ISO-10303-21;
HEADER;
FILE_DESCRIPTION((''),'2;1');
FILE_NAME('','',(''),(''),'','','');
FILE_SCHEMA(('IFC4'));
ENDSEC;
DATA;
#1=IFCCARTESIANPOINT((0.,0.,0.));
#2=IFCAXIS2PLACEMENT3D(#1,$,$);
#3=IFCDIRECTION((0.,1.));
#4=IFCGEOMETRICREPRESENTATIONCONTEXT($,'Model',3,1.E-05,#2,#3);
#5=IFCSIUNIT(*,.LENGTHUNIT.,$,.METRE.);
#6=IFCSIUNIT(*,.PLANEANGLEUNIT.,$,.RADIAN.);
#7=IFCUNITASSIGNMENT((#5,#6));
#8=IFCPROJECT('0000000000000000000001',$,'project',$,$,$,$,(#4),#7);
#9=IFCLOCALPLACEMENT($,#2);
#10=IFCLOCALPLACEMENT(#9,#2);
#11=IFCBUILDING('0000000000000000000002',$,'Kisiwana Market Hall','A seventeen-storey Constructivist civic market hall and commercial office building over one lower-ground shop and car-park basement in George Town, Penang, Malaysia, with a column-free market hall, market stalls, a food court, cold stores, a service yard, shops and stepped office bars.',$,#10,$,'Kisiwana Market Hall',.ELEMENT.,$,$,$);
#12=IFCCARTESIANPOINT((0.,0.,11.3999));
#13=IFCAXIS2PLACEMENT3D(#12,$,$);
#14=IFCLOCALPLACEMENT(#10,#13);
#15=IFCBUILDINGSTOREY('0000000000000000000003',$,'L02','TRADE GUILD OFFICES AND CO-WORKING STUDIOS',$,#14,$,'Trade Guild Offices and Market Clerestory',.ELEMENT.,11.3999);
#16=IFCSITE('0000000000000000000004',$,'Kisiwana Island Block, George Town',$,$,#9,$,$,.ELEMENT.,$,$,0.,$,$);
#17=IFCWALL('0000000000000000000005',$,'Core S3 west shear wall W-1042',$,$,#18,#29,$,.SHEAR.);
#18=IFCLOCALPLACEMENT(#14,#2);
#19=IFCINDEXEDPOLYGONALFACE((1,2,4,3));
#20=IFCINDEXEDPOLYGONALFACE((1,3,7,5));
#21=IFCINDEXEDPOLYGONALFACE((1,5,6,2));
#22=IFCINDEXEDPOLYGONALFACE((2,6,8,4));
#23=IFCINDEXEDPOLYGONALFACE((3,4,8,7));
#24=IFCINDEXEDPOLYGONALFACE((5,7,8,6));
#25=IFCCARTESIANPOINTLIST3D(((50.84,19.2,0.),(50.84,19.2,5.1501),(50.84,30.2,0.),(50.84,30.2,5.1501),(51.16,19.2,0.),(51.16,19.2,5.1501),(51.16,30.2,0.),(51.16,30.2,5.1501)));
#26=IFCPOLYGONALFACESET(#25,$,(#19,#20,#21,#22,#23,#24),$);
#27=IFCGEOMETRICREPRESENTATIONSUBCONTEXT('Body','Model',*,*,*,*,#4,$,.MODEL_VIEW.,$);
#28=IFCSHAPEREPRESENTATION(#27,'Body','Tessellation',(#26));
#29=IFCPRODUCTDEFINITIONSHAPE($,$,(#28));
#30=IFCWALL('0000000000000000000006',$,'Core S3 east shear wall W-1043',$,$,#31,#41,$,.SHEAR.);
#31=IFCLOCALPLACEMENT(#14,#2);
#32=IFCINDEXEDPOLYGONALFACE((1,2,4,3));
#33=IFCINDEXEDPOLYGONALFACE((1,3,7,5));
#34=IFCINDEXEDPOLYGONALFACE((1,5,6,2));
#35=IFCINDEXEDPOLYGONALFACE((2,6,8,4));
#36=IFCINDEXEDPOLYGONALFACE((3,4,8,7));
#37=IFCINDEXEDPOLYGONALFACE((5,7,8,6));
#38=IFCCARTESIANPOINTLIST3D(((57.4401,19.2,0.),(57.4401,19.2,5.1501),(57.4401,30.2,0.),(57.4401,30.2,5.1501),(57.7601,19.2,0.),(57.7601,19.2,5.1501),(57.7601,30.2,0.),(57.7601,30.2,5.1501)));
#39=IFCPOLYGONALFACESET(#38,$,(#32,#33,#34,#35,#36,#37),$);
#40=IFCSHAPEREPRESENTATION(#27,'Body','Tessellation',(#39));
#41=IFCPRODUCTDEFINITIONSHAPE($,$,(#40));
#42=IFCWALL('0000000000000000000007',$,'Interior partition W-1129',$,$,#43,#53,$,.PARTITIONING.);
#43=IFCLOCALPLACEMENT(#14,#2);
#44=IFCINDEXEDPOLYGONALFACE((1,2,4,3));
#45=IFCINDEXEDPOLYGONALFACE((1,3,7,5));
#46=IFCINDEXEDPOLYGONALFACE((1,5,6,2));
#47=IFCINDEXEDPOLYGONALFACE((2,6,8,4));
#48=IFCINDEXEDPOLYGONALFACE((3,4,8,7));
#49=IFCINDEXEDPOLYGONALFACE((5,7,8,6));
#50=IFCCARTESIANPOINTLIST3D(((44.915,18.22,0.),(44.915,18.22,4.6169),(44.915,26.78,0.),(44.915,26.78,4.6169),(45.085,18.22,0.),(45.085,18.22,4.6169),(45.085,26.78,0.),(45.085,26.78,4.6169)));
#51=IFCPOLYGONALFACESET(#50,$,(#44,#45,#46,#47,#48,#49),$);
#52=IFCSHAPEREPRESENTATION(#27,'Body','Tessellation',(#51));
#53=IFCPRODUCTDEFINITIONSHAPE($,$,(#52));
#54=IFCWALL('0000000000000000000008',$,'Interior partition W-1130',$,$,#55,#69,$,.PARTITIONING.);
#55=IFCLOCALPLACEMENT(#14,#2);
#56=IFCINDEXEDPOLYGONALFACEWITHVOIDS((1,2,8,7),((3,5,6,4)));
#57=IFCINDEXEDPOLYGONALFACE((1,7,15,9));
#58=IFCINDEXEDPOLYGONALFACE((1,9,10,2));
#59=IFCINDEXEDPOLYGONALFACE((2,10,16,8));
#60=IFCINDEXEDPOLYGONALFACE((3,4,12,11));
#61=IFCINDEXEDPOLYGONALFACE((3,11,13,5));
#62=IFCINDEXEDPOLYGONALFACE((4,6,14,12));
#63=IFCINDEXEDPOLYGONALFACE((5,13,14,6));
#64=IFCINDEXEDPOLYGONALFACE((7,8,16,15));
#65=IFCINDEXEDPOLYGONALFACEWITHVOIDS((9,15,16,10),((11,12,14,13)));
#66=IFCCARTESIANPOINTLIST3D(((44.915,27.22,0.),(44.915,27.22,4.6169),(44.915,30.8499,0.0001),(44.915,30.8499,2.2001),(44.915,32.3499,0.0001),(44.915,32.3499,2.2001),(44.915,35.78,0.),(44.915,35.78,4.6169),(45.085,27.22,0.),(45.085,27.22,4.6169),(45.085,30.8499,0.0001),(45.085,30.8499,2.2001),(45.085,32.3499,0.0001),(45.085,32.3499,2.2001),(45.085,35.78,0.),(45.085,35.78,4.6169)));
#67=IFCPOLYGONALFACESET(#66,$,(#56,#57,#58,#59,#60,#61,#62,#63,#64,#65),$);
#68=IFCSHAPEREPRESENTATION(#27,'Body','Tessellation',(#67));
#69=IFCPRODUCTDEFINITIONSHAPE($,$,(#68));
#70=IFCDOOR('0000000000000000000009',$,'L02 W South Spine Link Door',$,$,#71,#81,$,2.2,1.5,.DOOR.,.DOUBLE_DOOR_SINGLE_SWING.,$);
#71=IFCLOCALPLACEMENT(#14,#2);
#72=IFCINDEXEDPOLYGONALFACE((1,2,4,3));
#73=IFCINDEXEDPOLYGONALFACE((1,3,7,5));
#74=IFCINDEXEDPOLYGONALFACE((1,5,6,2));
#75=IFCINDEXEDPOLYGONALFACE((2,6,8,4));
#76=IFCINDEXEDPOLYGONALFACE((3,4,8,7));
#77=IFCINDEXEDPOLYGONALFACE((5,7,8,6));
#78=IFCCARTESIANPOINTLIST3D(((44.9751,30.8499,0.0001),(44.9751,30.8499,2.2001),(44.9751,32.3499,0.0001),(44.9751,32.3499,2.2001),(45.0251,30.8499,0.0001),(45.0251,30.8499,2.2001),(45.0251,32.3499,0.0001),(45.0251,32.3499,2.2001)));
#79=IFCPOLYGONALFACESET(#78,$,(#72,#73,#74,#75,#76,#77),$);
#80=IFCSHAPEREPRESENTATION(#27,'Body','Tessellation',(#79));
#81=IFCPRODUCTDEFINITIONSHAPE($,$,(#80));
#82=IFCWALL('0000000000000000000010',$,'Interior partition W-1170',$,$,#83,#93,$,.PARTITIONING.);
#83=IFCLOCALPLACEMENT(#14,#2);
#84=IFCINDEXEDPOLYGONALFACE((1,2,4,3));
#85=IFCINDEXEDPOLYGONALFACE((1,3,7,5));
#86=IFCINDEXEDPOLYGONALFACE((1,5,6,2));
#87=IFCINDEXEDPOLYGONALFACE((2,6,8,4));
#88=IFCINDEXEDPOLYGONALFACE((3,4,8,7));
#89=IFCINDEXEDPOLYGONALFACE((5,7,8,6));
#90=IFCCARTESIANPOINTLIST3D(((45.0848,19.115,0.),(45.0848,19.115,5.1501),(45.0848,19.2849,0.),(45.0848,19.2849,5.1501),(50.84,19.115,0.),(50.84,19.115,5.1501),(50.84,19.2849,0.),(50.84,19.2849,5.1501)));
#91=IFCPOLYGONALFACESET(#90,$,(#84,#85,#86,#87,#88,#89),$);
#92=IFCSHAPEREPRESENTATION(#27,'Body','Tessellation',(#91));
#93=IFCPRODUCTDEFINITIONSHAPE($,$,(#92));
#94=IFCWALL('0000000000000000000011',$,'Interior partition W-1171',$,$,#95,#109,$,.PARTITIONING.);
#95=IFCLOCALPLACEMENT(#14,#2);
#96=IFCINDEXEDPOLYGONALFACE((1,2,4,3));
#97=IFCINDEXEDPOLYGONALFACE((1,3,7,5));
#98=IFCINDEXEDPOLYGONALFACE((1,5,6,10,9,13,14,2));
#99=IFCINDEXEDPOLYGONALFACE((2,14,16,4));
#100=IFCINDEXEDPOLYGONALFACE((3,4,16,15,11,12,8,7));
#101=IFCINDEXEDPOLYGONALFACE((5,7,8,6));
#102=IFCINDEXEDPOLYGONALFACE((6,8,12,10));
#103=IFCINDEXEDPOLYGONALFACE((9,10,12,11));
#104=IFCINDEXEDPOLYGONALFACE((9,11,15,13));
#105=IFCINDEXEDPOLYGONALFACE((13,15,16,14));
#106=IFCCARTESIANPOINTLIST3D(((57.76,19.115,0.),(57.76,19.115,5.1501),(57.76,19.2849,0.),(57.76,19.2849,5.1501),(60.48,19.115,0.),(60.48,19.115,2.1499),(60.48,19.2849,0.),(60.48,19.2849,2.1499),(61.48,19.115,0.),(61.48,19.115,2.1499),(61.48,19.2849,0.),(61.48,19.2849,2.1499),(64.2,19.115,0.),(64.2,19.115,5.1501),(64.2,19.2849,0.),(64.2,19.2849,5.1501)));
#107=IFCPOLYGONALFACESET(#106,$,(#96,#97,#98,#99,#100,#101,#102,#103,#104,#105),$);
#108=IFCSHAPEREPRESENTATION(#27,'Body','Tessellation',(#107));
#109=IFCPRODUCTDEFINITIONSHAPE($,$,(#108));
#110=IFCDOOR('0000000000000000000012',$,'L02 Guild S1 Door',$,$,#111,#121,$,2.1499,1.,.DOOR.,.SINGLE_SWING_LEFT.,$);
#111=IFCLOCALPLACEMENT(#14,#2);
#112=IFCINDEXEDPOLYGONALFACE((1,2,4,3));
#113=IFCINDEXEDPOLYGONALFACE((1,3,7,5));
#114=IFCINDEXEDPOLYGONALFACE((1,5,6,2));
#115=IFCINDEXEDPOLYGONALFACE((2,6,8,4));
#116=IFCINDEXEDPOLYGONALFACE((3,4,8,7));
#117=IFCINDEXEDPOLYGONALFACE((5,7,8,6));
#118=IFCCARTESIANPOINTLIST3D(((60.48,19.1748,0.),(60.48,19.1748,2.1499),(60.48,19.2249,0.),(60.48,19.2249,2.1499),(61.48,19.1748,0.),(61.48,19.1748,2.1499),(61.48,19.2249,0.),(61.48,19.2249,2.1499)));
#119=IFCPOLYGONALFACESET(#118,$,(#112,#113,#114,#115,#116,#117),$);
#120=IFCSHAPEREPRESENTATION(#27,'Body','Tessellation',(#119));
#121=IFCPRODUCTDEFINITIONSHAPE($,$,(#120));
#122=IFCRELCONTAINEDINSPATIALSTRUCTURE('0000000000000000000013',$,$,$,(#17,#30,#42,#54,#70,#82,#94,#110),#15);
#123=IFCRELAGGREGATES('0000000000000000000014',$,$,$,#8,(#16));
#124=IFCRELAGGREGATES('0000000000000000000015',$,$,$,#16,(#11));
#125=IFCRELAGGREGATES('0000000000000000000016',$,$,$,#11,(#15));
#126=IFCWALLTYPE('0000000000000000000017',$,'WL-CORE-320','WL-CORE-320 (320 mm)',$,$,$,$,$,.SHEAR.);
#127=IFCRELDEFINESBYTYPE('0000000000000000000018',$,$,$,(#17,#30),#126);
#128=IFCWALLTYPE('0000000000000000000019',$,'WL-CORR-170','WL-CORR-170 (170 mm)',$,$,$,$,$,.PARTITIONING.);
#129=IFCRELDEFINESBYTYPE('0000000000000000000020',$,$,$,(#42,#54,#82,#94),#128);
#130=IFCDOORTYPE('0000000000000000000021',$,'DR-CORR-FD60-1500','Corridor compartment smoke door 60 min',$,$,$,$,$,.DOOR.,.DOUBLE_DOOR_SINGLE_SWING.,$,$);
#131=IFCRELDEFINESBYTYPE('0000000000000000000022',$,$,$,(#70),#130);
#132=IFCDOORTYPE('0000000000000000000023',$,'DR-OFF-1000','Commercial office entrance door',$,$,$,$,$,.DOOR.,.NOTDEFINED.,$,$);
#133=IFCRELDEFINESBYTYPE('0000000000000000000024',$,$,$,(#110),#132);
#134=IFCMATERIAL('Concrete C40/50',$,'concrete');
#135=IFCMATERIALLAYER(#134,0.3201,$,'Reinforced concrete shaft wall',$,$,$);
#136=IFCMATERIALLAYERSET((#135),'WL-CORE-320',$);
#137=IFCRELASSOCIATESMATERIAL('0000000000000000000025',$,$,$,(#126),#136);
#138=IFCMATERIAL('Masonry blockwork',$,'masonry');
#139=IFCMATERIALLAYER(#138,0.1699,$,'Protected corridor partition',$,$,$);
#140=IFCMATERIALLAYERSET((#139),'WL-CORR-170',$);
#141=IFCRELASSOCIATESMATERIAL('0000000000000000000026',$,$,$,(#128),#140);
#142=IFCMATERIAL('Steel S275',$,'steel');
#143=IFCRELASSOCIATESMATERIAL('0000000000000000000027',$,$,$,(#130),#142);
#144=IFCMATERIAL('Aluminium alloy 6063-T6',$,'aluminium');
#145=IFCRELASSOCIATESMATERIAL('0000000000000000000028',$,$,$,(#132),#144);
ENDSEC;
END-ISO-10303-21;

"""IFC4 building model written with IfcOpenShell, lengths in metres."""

from ifc_helpers import new_model, si_unit, direction, frame, frame_2d, origin, place, context, subcontext, project, spatial, rectangle, extrude, material, layer, layer_set, type_object, element, fill, save


model = new_model("IFC4")

# Units and contexts
model_context = context("Model", 3, precision=1e-05, world=origin(), true_north=direction((0.0, 1.0)))
body_context = subcontext(model_context, "Body", "Model", "MODEL_VIEW")
ifc_project = project(units=[si_unit("LENGTHUNIT", "METRE"), si_unit("PLANEANGLEUNIT", "RADIAN")], contexts=[model_context])

# Site, building, storey
site_placement = place(None, origin())
site = spatial("IfcSite", under=ifc_project, at=site_placement, Name="Kisiwana Island Block, George Town", CompositionType="ELEMENT", RefElevation=0.0)
building_placement = place(site_placement, origin())
building = spatial("IfcBuilding", under=site, at=building_placement, Name="Kisiwana Market Hall", Description="A seventeen-storey Constructivist civic market hall and commercial office building over one lower-ground shop and car-park basement in George Town, Penang, Malaysia, with a column-free market hall, market stalls, a food court, cold stores, a service yard, shops and stepped office bars.", LongName="Kisiwana Market Hall", CompositionType="ELEMENT")
storey_placement = place(building_placement, frame((0.0, 0.0, 11.3999)))
storey = spatial("IfcBuildingStorey", under=building, at=storey_placement, Name="L02", Description="TRADE GUILD OFFICES AND CO-WORKING STUDIOS", LongName="Trade Guild Offices and Market Clerestory", CompositionType="ELEMENT", Elevation=11.3999)

# Shared definitions
ifc_material_1 = material(Name="Concrete C40/50", Category="concrete")
ifc_layer_1 = layer(ifc_material_1, 0.3201, Name="Reinforced concrete shaft wall")
ifc_layer_set_1 = layer_set([ifc_layer_1], Name="WL-CORE-320")
wall_type_1 = type_object("IfcWallType", Name="WL-CORE-320", Description="WL-CORE-320 (320 mm)", PredefinedType="SHEAR", material=ifc_layer_set_1)

# Walls
for number, where, z_axis, x_axis, name in (
    (1, (51.0, 19.2, 0.0), (0.0, 0.0, 1.0), (0.0, 1.0, 0.0), "Core S3 west shear wall W-1042"),
    (2, (57.6001, 19.2, 0.0), (0.0, 0.0, 1.0), (0.0, 1.0, 0.0), "Core S3 east shear wall W-1043"),
):
    element("IfcWall", number, at=place(storey_placement, frame(where, z_axis=z_axis, x_axis=x_axis)), inside=storey, type_object=wall_type_1, Name=name, PredefinedType="SHEAR", context=body_context, shape_type="SweptSolid", body=[
        extrude(rectangle(XDim=11.0, YDim=0.3201, at=frame_2d((5.5, 0.0))), origin(), (0.0, 0.0, 1.0), 5.1501),
    ])
ifc_material_2 = material(Name="Masonry blockwork", Category="masonry")
ifc_layer_2 = layer(ifc_material_2, 0.1699, Name="Protected corridor partition")
ifc_layer_set_2 = layer_set([ifc_layer_2], Name="WL-CORR-170")
wall_type_2 = type_object("IfcWallType", Name="WL-CORR-170", Description="WL-CORR-170 (170 mm)", PredefinedType="PARTITIONING", material=ifc_layer_set_2)
wall_1_placement = place(storey_placement, frame((45.0, 18.22, 0.0), z_axis=(0.0, 0.0, 1.0), x_axis=(0.0, 1.0, 0.0)))
element("IfcWall", 3, at=wall_1_placement, inside=storey, type_object=wall_type_2, Name="Interior partition W-1129", PredefinedType="PARTITIONING", context=body_context, shape_type="SweptSolid", body=[
    extrude(rectangle(XDim=8.5601, YDim=0.1699, at=frame_2d((4.28, 0.0))), origin(), (0.0, 0.0, 1.0), 4.6169),
])

# Wall, opening, door
wall_2_placement = place(storey_placement, frame((45.0, 27.22, 0.0), z_axis=(0.0, 0.0, 1.0), x_axis=(0.0, 1.0, 0.0)))
wall_2 = element("IfcWall", 4, at=wall_2_placement, inside=storey, type_object=wall_type_2, Name="Interior partition W-1130", PredefinedType="PARTITIONING", context=body_context, shape_type="SweptSolid", body=[
    extrude(rectangle(XDim=8.5601, YDim=0.1699, at=frame_2d((4.28, 0.0))), origin(), (0.0, 0.0, 1.0), 4.6169),
])
opening_1_placement = place(wall_2_placement, frame((3.6299, 0.0, 0.0)))
opening_1 = element("IfcOpeningElement", 5, at=opening_1_placement, cuts=wall_2, PredefinedType="OPENING", context=body_context, shape_type="SweptSolid", body=[
    extrude(rectangle(XDim=1.5, YDim=2.2, at=frame_2d((0.75, 1.1001))), frame((0.0, 0.0969, 0.0), z_axis=(0.0, -1.0, 0.0), x_axis=(1.0, 0.0, 0.0)), (0.0, 0.0, 1.0), 0.1938),
])
ifc_material_3 = material(Name="Steel S275", Category="steel")
door_type_1 = type_object("IfcDoorType", Name="DR-CORR-FD60-1500", Description="Corridor compartment smoke door 60 min", OperationType="DOUBLE_DOOR_SINGLE_SWING", PredefinedType="DOOR", material=ifc_material_3)
door_1_placement = place(opening_1_placement, origin())
door_1 = element("IfcDoor", 6, at=door_1_placement, inside=storey, type_object=door_type_1, Name="L02 W South Spine Link Door", OperationType="DOUBLE_DOOR_SINGLE_SWING", OverallHeight=2.2, OverallWidth=1.5, PredefinedType="DOOR", context=body_context, shape_type="SweptSolid", body=[
    extrude(rectangle(XDim=1.5, YDim=2.2, at=frame_2d((0.75, 1.1001))), frame((0.0, 0.0249, 0.0), z_axis=(0.0, -1.0, 0.0), x_axis=(1.0, 0.0, 0.0)), (0.0, 0.0, 1.0), 0.05),
])
fill(opening_1, door_1)

# Wall
wall_3_placement = place(storey_placement, frame((45.085, 19.2, 0.0), z_axis=(0.0, 0.0, 1.0), x_axis=(1.0, 0.0, 0.0)))
element("IfcWall", 7, at=wall_3_placement, inside=storey, type_object=wall_type_2, Name="Interior partition W-1170", PredefinedType="PARTITIONING", context=body_context, shape_type="SweptSolid", body=[
    extrude(rectangle(XDim=5.7551, YDim=0.1699, at=frame_2d((2.8774, 0.0))), origin(), (0.0, 0.0, 1.0), 5.1501),
])

# Wall, opening, door
wall_4_placement = place(storey_placement, frame((57.76, 19.2, 0.0), z_axis=(0.0, 0.0, 1.0), x_axis=(1.0, 0.0, 0.0)))
wall_4 = element("IfcWall", 8, at=wall_4_placement, inside=storey, type_object=wall_type_2, Name="Interior partition W-1171", PredefinedType="PARTITIONING", context=body_context, shape_type="SweptSolid", body=[
    extrude(rectangle(XDim=6.4399, YDim=0.1699, at=frame_2d((3.22, 0.0))), origin(), (0.0, 0.0, 1.0), 5.1501),
])
opening_2_placement = place(wall_4_placement, frame((2.72, 0.0, 0.0)))
opening_2 = element("IfcOpeningElement", 9, at=opening_2_placement, cuts=wall_4, PredefinedType="OPENING", context=body_context, shape_type="SweptSolid", body=[
    extrude(rectangle(XDim=1.0, YDim=2.1499, at=frame_2d((0.5, 1.075))), frame((0.0, 0.0969, 0.0), z_axis=(0.0, -1.0, 0.0), x_axis=(1.0, 0.0, 0.0)), (0.0, 0.0, 1.0), 0.1938),
])
ifc_material_4 = material(Name="Aluminium alloy 6063-T6", Category="aluminium")
door_type_2 = type_object("IfcDoorType", Name="DR-OFF-1000", Description="Commercial office entrance door", OperationType="NOTDEFINED", PredefinedType="DOOR", material=ifc_material_4)
door_2_placement = place(opening_2_placement, origin())
door_2 = element("IfcDoor", 10, at=door_2_placement, inside=storey, type_object=door_type_2, Name="L02 Guild S1 Door", OperationType="SINGLE_SWING_LEFT", OverallHeight=2.1499, OverallWidth=1.0, PredefinedType="DOOR", context=body_context, shape_type="SweptSolid", body=[
    extrude(rectangle(XDim=1.0, YDim=2.1499, at=frame_2d((0.5, 1.075))), frame((0.0, 0.0249, 0.0), z_axis=(0.0, -1.0, 0.0), x_axis=(1.0, 0.0, 0.0)), (0.0, 0.0, 1.0), 0.05),
])
fill(opening_2, door_2)

save(model, "model.ifc")
